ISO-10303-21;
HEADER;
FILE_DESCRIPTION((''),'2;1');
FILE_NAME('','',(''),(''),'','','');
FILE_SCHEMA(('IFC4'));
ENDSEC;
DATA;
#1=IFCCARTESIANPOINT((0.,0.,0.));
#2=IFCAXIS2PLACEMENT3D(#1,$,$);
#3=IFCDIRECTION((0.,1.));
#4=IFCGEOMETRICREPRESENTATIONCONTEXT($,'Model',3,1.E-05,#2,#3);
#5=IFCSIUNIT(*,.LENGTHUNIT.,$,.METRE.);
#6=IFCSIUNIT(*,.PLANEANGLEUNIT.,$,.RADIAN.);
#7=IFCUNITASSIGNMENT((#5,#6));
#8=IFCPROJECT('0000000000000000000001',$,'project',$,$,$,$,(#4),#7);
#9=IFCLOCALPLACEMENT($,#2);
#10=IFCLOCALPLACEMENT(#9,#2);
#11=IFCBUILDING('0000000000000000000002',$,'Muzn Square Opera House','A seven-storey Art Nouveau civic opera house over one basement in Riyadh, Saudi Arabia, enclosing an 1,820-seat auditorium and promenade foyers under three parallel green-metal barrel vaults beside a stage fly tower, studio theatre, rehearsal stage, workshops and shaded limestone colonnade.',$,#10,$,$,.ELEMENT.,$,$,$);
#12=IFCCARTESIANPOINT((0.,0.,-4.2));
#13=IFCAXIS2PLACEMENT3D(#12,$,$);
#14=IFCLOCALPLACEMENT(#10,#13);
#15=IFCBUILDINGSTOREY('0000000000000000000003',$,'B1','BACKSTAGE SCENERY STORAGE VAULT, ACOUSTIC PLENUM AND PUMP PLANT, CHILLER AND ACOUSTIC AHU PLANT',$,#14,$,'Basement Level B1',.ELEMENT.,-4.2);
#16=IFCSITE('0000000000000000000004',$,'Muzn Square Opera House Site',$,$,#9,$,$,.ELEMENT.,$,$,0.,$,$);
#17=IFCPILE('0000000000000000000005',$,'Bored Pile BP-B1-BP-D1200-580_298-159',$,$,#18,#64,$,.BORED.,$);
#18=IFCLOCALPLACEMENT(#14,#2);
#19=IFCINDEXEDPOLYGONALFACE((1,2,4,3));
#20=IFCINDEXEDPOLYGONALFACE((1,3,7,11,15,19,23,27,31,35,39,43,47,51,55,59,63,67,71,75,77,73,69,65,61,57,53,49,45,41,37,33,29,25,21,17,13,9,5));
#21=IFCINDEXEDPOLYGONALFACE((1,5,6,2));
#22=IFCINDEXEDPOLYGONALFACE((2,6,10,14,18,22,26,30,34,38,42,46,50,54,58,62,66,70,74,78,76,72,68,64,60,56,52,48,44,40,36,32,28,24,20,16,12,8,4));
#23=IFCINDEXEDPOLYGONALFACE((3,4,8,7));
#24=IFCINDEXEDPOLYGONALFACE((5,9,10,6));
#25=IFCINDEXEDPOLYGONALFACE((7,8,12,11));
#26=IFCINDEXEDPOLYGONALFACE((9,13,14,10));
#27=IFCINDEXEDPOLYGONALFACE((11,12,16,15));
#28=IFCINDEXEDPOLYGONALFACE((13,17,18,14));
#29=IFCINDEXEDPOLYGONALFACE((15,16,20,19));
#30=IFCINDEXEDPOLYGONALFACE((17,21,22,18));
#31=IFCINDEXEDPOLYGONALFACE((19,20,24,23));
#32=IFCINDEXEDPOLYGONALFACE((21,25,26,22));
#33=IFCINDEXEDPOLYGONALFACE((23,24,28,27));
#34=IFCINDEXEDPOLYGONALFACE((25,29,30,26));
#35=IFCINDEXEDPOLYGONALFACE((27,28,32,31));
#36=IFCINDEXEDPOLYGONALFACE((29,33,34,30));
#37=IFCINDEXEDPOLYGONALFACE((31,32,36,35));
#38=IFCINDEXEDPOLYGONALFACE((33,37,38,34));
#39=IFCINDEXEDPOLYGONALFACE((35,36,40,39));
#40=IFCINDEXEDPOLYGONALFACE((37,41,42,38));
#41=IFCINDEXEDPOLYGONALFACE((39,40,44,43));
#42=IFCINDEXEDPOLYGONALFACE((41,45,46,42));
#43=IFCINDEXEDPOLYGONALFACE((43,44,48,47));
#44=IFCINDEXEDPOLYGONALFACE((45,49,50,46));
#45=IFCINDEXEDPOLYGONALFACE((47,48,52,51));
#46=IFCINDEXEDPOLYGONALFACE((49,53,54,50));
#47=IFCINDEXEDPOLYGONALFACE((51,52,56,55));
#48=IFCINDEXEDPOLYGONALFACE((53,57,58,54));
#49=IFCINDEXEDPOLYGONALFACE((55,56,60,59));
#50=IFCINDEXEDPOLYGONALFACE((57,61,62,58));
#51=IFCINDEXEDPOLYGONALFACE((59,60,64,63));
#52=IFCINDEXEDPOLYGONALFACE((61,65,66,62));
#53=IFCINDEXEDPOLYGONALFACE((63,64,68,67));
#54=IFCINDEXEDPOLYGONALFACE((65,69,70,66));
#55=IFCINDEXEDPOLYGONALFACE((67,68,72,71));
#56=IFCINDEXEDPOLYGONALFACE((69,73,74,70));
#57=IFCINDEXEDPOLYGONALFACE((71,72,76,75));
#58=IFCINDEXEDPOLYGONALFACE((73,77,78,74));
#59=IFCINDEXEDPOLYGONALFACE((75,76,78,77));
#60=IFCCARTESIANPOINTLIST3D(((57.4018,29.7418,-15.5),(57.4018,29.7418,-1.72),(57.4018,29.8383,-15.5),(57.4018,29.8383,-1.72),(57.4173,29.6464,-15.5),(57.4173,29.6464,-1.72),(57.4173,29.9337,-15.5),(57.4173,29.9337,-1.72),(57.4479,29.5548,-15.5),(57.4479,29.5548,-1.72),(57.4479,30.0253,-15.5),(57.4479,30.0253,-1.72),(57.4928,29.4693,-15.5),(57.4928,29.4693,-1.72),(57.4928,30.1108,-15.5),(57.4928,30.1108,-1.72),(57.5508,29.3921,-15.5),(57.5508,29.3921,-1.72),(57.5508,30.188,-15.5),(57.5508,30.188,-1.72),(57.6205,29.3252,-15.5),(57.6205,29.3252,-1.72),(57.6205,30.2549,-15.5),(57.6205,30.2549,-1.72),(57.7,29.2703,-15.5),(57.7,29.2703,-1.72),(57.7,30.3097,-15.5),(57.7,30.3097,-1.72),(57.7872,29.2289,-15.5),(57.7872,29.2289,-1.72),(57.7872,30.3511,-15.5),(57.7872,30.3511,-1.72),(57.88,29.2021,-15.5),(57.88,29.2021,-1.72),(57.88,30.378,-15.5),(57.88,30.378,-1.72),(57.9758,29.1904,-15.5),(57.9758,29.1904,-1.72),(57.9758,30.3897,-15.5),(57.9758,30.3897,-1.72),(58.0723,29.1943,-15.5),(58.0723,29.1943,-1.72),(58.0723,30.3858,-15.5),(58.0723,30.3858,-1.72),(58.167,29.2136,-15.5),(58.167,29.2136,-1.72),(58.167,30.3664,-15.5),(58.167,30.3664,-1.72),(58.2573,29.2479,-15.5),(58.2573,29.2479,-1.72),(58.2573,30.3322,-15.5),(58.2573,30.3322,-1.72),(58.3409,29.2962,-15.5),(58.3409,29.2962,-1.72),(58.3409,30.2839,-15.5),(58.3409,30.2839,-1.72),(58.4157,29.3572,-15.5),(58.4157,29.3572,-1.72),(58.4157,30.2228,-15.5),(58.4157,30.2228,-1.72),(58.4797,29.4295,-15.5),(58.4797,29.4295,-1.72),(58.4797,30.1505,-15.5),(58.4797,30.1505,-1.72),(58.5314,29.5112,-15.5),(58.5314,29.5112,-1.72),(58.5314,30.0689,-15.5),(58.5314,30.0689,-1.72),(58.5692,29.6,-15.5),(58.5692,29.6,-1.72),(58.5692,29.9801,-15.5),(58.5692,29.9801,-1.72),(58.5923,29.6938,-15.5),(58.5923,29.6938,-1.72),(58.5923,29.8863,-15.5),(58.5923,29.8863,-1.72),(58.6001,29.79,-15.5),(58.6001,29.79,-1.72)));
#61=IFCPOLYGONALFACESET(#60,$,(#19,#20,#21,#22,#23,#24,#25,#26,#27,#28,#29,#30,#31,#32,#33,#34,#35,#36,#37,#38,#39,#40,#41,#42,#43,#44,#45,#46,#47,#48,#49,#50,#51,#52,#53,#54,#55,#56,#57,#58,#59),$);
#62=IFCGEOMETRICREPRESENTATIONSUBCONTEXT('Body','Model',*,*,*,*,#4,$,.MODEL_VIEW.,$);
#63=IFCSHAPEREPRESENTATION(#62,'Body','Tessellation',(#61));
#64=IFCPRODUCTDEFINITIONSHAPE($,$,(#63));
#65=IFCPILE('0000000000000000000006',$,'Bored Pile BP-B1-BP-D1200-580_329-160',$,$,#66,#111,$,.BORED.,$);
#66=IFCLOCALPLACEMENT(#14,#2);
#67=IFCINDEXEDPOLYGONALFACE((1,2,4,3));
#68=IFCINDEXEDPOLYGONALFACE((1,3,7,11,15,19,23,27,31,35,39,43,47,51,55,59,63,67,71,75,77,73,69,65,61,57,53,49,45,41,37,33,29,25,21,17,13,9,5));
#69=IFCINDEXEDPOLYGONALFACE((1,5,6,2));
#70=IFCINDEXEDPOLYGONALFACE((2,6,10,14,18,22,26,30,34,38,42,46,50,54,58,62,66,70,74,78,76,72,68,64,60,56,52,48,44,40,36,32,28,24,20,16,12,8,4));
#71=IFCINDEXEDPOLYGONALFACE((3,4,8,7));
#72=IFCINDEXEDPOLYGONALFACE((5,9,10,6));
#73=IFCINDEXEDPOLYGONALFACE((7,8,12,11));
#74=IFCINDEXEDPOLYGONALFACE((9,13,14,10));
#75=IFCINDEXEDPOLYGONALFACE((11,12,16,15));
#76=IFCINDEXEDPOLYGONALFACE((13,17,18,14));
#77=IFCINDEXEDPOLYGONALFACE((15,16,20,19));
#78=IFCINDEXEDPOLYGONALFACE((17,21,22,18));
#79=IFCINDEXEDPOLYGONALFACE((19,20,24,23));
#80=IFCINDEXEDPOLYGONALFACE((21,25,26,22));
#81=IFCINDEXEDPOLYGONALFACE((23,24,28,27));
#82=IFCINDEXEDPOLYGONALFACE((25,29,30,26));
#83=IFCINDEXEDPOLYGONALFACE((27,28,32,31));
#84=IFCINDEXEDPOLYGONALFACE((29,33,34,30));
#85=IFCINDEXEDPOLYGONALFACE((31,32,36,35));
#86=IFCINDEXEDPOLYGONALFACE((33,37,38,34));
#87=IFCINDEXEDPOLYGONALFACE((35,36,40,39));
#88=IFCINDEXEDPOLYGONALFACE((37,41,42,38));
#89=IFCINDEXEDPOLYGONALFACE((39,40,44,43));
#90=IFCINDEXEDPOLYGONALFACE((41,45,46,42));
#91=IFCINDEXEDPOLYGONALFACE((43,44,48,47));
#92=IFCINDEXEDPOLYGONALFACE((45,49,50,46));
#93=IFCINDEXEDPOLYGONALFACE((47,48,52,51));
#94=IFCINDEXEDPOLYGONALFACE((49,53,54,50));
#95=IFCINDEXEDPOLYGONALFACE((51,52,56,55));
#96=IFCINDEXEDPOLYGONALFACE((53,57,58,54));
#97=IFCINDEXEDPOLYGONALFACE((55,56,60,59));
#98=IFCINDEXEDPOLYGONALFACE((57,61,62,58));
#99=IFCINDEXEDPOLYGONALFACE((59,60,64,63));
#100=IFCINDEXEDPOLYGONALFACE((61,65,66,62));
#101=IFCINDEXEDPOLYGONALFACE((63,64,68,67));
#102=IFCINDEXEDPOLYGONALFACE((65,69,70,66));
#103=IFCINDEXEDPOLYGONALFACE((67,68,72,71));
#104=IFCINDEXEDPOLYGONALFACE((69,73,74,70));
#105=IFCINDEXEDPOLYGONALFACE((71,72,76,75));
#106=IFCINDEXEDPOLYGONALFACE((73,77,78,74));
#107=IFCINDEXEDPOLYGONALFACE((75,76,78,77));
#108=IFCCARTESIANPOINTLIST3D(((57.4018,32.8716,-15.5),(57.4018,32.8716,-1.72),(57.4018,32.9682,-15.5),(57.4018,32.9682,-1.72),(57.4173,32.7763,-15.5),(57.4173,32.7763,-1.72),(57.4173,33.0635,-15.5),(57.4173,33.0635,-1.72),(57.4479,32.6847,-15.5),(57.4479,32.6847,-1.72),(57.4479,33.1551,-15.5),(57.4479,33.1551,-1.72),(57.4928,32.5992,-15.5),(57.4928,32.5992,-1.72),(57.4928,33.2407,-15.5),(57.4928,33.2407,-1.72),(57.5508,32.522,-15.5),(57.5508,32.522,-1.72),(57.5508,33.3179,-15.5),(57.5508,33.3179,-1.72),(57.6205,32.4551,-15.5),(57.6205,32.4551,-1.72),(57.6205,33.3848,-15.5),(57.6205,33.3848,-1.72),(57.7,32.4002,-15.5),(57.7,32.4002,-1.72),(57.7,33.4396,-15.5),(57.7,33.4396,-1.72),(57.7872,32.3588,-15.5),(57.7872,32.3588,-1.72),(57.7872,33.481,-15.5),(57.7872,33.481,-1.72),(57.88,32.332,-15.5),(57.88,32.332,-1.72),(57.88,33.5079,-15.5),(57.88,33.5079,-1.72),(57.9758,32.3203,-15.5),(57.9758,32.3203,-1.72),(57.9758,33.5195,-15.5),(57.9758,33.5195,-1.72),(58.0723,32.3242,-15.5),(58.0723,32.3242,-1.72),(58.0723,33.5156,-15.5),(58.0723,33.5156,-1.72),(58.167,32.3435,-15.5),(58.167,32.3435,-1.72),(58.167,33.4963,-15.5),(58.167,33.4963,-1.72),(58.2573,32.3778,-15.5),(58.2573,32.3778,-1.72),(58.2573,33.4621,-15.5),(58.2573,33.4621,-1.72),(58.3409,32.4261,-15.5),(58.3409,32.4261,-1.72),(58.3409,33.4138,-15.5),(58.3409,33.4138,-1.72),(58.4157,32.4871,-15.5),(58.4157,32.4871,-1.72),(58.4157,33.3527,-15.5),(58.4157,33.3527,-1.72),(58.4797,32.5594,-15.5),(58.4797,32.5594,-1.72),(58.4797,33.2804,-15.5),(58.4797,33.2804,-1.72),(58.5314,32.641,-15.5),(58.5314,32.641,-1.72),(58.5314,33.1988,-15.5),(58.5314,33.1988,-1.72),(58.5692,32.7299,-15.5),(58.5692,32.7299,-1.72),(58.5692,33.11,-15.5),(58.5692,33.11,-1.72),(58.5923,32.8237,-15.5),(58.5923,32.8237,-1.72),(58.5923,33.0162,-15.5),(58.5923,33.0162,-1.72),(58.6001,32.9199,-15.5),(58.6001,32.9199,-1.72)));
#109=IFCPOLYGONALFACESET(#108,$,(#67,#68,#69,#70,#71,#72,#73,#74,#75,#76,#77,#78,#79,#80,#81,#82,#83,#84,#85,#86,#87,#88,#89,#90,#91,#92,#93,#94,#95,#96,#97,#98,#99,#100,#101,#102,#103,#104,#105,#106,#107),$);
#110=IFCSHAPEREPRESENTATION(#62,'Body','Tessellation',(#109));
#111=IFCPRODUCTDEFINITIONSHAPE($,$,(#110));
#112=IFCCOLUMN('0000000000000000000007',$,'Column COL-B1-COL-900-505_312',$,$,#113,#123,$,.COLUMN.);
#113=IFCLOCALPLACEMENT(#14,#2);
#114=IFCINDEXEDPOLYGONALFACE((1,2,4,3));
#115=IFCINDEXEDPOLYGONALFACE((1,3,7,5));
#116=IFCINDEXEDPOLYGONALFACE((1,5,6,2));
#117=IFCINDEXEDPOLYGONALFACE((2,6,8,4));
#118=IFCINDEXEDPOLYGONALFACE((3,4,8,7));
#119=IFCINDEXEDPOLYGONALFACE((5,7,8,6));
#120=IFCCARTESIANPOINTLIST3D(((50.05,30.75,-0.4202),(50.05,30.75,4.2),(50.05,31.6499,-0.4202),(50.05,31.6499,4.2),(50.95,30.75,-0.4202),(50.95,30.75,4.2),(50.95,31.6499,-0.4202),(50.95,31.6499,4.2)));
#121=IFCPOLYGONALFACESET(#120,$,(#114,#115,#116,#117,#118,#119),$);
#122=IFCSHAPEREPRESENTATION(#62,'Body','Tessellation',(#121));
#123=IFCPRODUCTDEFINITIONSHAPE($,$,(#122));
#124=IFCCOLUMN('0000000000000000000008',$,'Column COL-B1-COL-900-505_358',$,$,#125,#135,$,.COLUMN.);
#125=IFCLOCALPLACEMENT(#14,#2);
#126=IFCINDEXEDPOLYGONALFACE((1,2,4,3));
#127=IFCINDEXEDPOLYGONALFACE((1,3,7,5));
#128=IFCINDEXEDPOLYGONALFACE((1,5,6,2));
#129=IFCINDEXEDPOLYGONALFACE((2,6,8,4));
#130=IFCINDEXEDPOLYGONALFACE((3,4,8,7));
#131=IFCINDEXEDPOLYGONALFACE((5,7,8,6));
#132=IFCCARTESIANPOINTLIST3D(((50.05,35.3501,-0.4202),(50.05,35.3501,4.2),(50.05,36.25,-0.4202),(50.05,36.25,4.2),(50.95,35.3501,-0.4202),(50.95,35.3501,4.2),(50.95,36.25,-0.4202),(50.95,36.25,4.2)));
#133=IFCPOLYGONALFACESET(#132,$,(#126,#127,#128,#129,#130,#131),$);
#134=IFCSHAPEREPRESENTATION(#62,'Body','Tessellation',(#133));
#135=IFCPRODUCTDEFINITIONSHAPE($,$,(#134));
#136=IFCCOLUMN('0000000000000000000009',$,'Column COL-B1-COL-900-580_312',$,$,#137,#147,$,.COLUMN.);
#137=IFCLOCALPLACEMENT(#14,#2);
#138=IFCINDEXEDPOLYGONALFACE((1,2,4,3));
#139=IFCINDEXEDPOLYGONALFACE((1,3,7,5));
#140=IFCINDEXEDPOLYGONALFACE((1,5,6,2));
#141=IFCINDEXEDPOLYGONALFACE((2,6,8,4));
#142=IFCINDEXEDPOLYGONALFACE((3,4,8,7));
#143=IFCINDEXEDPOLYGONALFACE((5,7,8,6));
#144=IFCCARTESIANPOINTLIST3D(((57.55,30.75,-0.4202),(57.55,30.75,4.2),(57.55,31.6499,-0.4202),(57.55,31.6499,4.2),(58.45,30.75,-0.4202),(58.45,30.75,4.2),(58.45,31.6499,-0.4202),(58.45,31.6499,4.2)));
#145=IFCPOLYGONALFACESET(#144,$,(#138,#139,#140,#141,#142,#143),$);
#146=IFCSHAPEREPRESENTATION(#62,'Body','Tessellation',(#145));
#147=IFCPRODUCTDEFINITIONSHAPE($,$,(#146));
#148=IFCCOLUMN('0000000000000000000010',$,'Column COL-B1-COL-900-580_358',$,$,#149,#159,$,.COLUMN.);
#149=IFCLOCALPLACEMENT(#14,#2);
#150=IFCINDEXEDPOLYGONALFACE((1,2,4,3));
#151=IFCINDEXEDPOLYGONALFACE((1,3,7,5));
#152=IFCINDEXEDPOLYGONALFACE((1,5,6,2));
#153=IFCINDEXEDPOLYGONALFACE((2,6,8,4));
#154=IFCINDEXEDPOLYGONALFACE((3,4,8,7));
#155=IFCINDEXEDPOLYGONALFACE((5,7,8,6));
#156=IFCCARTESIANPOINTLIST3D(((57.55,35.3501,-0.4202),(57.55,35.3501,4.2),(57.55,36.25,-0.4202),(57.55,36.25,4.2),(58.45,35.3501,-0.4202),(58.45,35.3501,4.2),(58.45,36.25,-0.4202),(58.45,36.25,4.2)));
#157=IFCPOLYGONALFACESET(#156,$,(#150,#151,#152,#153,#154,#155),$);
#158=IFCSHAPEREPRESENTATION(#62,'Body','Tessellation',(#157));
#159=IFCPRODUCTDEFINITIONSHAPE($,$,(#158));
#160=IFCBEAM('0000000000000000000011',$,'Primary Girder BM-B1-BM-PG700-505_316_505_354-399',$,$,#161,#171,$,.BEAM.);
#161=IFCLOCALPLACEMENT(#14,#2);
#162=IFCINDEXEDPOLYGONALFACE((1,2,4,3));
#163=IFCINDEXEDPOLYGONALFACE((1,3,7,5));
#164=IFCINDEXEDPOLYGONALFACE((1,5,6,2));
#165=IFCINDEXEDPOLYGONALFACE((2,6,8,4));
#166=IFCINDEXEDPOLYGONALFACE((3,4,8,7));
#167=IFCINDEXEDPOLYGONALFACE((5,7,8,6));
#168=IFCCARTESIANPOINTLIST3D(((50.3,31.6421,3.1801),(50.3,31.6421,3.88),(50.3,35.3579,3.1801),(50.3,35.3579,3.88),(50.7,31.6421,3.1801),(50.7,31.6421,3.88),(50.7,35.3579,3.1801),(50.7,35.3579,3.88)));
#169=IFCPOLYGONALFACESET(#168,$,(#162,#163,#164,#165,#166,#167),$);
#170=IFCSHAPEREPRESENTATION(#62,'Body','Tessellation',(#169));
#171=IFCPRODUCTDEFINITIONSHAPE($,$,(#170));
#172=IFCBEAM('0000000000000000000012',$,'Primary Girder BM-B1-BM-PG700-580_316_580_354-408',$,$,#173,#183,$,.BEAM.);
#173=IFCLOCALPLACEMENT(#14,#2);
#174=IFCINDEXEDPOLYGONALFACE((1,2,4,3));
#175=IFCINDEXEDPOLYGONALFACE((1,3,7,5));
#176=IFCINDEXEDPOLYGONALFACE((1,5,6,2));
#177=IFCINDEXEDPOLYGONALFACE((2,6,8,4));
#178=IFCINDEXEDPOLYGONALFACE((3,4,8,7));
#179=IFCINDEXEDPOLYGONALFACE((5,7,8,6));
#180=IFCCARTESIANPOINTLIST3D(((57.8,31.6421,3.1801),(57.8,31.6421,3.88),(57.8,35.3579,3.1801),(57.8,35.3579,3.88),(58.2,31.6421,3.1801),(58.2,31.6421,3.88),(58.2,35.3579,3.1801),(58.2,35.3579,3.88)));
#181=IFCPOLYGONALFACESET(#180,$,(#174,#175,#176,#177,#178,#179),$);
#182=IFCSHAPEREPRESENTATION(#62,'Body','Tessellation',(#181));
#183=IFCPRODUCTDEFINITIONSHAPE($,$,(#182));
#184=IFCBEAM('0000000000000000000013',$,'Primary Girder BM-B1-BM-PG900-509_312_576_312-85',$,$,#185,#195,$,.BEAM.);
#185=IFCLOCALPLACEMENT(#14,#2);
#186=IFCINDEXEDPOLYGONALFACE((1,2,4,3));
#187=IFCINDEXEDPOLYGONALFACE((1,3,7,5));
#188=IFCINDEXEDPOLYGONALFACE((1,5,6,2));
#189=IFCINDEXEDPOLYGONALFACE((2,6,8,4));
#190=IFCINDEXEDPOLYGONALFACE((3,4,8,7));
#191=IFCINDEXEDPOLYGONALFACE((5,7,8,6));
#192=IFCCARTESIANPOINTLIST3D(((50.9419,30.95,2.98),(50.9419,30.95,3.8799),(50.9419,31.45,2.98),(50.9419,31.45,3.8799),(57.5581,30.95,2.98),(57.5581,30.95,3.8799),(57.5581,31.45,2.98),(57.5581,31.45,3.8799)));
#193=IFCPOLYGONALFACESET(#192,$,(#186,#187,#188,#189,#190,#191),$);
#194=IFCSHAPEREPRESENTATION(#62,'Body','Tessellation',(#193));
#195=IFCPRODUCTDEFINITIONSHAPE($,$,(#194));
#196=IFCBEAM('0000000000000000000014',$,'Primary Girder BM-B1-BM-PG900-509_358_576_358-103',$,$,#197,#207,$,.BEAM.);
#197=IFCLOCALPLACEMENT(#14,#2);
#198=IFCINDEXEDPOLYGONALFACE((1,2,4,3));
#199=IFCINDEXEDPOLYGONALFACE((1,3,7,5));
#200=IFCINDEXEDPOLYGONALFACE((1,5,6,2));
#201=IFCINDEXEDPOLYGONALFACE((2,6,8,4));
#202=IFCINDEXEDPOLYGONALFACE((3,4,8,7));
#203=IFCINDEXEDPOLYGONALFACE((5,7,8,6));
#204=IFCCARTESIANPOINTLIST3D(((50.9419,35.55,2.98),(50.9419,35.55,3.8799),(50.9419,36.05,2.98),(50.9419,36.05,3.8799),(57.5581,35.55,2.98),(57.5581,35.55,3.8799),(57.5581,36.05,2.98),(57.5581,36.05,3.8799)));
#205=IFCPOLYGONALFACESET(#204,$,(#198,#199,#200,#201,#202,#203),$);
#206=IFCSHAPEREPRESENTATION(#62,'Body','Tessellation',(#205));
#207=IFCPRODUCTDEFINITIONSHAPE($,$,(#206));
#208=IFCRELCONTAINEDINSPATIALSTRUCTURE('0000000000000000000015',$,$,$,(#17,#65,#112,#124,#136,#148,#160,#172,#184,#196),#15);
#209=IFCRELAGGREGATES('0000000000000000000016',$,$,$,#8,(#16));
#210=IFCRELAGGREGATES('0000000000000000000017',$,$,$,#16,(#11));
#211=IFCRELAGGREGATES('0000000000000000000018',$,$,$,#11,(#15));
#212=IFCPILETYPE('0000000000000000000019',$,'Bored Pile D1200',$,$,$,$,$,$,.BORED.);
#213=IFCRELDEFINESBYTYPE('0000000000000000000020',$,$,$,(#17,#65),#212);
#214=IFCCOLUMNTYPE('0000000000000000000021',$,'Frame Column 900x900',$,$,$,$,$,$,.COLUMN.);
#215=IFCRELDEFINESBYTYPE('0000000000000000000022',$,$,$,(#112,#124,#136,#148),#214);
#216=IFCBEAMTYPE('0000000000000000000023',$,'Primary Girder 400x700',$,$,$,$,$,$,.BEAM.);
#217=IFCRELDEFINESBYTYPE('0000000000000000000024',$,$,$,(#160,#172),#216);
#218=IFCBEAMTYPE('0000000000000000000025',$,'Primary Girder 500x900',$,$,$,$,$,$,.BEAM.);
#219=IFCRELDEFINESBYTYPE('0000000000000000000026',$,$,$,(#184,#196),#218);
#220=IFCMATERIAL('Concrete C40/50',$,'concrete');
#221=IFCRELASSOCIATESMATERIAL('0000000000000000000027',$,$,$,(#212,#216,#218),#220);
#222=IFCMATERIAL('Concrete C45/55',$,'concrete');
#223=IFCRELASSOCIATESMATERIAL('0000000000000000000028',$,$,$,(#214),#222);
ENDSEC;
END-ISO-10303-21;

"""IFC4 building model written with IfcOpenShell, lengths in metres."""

from ifc_helpers import new_model, si_unit, direction, frame, origin, origin_2d, place, context, subcontext, project, spatial, rectangle, circle, extrude, material, material_profile, profile_set, type_object, element, save


model = new_model("IFC4")

# Units and contexts
model_context = context("Model", 3, precision=1e-05, world=origin(), true_north=direction((0.0, 1.0)))
body_context = subcontext(model_context, "Body", "Model", "MODEL_VIEW")
ifc_project = project(units=[si_unit("LENGTHUNIT", "METRE"), si_unit("PLANEANGLEUNIT", "RADIAN")], contexts=[model_context])

# Site, building, storey
site_placement = place(None, origin())
site = spatial("IfcSite", under=ifc_project, at=site_placement, Name="Muzn Square Opera House Site", CompositionType="ELEMENT", RefElevation=0.0)
building_placement = place(site_placement, origin())
building = spatial("IfcBuilding", under=site, at=building_placement, Name="Muzn Square Opera House", Description="A seven-storey Art Nouveau civic opera house over one basement in Riyadh, Saudi Arabia, enclosing an 1,820-seat auditorium and promenade foyers under three parallel green-metal barrel vaults beside a stage fly tower, studio theatre, rehearsal stage, workshops and shaded limestone colonnade.", CompositionType="ELEMENT")
storey_placement = place(building_placement, frame((0.0, 0.0, -4.2)))
storey = spatial("IfcBuildingStorey", under=building, at=storey_placement, Name="B1", Description="BACKSTAGE SCENERY STORAGE VAULT, ACOUSTIC PLENUM AND PUMP PLANT, CHILLER AND ACOUSTIC AHU PLANT", LongName="Basement Level B1", CompositionType="ELEMENT", Elevation=-4.2)

# Piles
ifc_material_1 = material(Name="Concrete C40/50", Category="concrete")
ifc_material_profile_1 = material_profile(ifc_material_1, circle(Radius=0.6001, at=origin_2d()), Name="BORED PILE D1200", Category="concrete")
ifc_profile_set_1 = profile_set([ifc_material_profile_1], Name="Concrete C40/50")
pile_type = type_object("IfcPileType", Name="Bored Pile D1200", PredefinedType="BORED", material=ifc_profile_set_1)
for number, where, z_axis, x_axis, name in (
    (1, (58.0, 29.79, -1.72), (0.0, 0.0, -1.0), (1.0, 0.0, 0.0), "Bored Pile BP-B1-BP-D1200-580_298-159"),
    (2, (58.0, 32.9199, -1.72), (0.0, 0.0, -1.0), (1.0, 0.0, 0.0), "Bored Pile BP-B1-BP-D1200-580_329-160"),
):
    element("IfcPile", number, at=place(storey_placement, frame(where, z_axis=z_axis, x_axis=x_axis)), inside=storey, type_object=pile_type, Name=name, PredefinedType="BORED", context=body_context, shape_type="SweptSolid", body=[
        extrude(circle(Radius=0.6001, at=origin_2d()), origin(), (0.0, 0.0, 1.0), 13.78),
    ])

# Columns
ifc_material_2 = material(Name="Concrete C45/55", Category="concrete")
ifc_material_profile_2 = material_profile(ifc_material_2, rectangle(XDim=0.8999, YDim=0.8999, at=origin_2d()), Name="RC 900x900", Category="concrete")
ifc_profile_set_2 = profile_set([ifc_material_profile_2], Name="Concrete C45/55")
column_type = type_object("IfcColumnType", Name="Frame Column 900x900", PredefinedType="COLUMN", material=ifc_profile_set_2)
for number, where, z_axis, x_axis, name in (
    (3, (50.5, 31.2, -0.4202), (0.0, 0.0, 1.0), (1.0, 0.0, 0.0), "Column COL-B1-COL-900-505_312"),
    (4, (50.5, 35.8, -0.4202), (0.0, 0.0, 1.0), (1.0, 0.0, 0.0), "Column COL-B1-COL-900-505_358"),
    (5, (58.0, 31.2, -0.4202), (0.0, 0.0, 1.0), (1.0, 0.0, 0.0), "Column COL-B1-COL-900-580_312"),
    (6, (58.0, 35.8, -0.4202), (0.0, 0.0, 1.0), (1.0, 0.0, 0.0), "Column COL-B1-COL-900-580_358"),
):
    element("IfcColumn", number, at=place(storey_placement, frame(where, z_axis=z_axis, x_axis=x_axis)), inside=storey, type_object=column_type, Name=name, PredefinedType="COLUMN", context=body_context, shape_type="SweptSolid", body=[
        extrude(rectangle(XDim=0.8999, YDim=0.8999, at=origin_2d()), origin(), (0.0, 0.0, 1.0), 4.6201),
    ])

# Beams
ifc_material_profile_3 = material_profile(ifc_material_1, rectangle(XDim=0.3999, YDim=0.7, at=origin_2d()), Name="RCB 400x700", Category="concrete")
ifc_profile_set_3 = profile_set([ifc_material_profile_3], Name="Concrete C40/50")
beam_type_1 = type_object("IfcBeamType", Name="Primary Girder 400x700", PredefinedType="BEAM", material=ifc_profile_set_3)
for number, where, z_axis, x_axis, name in (
    (7, (50.5, 31.6421, 3.53), (0.0, 1.0, 0.0), (-1.0, 0.0, 0.0), "Primary Girder BM-B1-BM-PG700-505_316_505_354-399"),
    (8, (58.0, 31.6421, 3.53), (0.0, 1.0, 0.0), (-1.0, 0.0, 0.0), "Primary Girder BM-B1-BM-PG700-580_316_580_354-408"),
):
    element("IfcBeam", number, at=place(storey_placement, frame(where, z_axis=z_axis, x_axis=x_axis)), inside=storey, type_object=beam_type_1, Name=name, PredefinedType="BEAM", context=body_context, shape_type="SweptSolid", body=[
        extrude(rectangle(XDim=0.3999, YDim=0.7, at=origin_2d()), origin(), (0.0, 0.0, 1.0), 3.7158),
    ])
ifc_material_profile_4 = material_profile(ifc_material_1, rectangle(XDim=0.5, YDim=0.8999, at=origin_2d()), Name="RCB 500x900", Category="concrete")
ifc_profile_set_4 = profile_set([ifc_material_profile_4], Name="Concrete C40/50")
beam_type_2 = type_object("IfcBeamType", Name="Primary Girder 500x900", PredefinedType="BEAM", material=ifc_profile_set_4)
for number, where, z_axis, x_axis, name in (
    (9, (50.9419, 31.2, 3.4299), (1.0, 0.0, 0.0), (0.0, 1.0, 0.0), "Primary Girder BM-B1-BM-PG900-509_312_576_312-85"),
    (10, (50.9419, 35.8, 3.4299), (1.0, 0.0, 0.0), (0.0, 1.0, 0.0), "Primary Girder BM-B1-BM-PG900-509_358_576_358-103"),
):
    element("IfcBeam", number, at=place(storey_placement, frame(where, z_axis=z_axis, x_axis=x_axis)), inside=storey, type_object=beam_type_2, Name=name, PredefinedType="BEAM", context=body_context, shape_type="SweptSolid", body=[
        extrude(rectangle(XDim=0.5, YDim=0.8999, at=origin_2d()), origin(), (0.0, 0.0, 1.0), 6.6162),
    ])

save(model, "model.ifc")
